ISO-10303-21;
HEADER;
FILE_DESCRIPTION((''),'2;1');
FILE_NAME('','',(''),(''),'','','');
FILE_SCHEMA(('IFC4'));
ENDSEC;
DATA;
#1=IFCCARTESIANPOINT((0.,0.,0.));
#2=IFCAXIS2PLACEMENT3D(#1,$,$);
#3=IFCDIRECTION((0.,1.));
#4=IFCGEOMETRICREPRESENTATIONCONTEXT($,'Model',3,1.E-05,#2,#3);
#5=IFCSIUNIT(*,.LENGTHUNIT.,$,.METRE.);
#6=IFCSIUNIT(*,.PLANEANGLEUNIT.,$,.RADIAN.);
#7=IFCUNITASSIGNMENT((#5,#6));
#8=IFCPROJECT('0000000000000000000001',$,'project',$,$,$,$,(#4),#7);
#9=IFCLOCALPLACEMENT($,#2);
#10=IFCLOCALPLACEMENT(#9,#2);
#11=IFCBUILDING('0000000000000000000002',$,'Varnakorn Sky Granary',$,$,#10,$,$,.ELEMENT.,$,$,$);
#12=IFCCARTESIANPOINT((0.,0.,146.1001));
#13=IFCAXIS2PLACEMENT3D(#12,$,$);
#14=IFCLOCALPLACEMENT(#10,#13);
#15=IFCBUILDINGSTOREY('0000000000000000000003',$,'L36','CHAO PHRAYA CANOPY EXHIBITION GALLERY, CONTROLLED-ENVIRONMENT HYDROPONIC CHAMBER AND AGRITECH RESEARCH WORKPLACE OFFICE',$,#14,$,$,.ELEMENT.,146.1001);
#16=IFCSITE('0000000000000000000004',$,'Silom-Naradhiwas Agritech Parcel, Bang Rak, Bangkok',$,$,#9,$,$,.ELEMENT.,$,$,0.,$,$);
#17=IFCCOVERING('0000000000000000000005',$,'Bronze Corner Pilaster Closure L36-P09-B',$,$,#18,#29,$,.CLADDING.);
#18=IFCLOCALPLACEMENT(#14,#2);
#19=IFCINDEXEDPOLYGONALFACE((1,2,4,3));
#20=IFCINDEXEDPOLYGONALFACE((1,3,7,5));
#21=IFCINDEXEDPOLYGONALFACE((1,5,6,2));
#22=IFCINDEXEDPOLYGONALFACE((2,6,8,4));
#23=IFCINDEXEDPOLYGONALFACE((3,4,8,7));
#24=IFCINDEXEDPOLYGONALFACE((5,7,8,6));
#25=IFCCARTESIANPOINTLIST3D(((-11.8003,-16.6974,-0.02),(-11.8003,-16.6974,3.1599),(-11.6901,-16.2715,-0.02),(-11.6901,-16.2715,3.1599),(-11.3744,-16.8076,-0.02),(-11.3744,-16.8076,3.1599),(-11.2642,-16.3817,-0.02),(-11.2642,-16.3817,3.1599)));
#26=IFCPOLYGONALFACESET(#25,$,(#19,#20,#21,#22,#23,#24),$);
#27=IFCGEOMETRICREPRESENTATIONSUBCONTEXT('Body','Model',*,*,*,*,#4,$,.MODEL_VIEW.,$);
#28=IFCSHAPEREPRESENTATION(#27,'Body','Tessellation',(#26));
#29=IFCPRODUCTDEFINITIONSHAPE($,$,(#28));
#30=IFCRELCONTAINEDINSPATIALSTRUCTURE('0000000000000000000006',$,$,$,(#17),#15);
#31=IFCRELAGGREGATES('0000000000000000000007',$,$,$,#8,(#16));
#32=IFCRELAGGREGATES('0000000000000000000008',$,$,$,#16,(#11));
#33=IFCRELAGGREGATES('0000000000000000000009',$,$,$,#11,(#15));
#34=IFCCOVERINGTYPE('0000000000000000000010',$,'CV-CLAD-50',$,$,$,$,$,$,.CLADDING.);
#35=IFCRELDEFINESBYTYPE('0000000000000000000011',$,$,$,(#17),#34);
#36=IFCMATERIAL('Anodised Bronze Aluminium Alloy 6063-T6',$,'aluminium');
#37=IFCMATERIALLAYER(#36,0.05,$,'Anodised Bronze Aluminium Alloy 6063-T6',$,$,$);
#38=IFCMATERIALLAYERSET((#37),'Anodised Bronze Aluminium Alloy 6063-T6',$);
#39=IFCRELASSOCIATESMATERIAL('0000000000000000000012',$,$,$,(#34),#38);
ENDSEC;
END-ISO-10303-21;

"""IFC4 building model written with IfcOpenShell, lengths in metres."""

from ifc_helpers import new_model, si_unit, direction, frame, origin, origin_2d, place, context, subcontext, project, spatial, rectangle, extrude, source, transform, mapped, material, layer, layer_set, type_object, type_shapes, element, save


model = new_model("IFC4")

# Units and contexts
model_context = context("Model", 3, precision=1e-05, world=origin(), true_north=direction((0.0, 1.0)))
body_context = subcontext(model_context, "Body", "Model", "MODEL_VIEW")
ifc_project = project(units=[si_unit("LENGTHUNIT", "METRE"), si_unit("PLANEANGLEUNIT", "RADIAN")], contexts=[model_context])

# Site, building, storey
site_placement = place(None, origin())
site = spatial("IfcSite", under=ifc_project, at=site_placement, Name="Silom-Naradhiwas Agritech Parcel, Bang Rak, Bangkok", CompositionType="ELEMENT", RefElevation=0.0)
building_placement = place(site_placement, origin())
building = spatial("IfcBuilding", under=site, at=building_placement, Name="Varnakorn Sky Granary", CompositionType="ELEMENT")
storey_placement = place(building_placement, frame((0.0, 0.0, 146.1001)))
storey = spatial("IfcBuildingStorey", under=building, at=storey_placement, Name="L36", Description="CHAO PHRAYA CANOPY EXHIBITION GALLERY, CONTROLLED-ENVIRONMENT HYDROPONIC CHAMBER AND AGRITECH RESEARCH WORKPLACE OFFICE", CompositionType="ELEMENT", Elevation=146.1001)

# Shared definitions
ifc_material_1 = material(Name="Anodised Bronze Aluminium Alloy 6063-T6", Category="aluminium")

# Covering
ifc_layer_1 = layer(ifc_material_1, 0.05, Name="Anodised Bronze Aluminium Alloy 6063-T6")
ifc_layer_set_1 = layer_set([ifc_layer_1], Name="Anodised Bronze Aluminium Alloy 6063-T6")
covering_type = type_object("IfcCoveringType", Name="CV-CLAD-50", PredefinedType="CLADDING", material=ifc_layer_set_1)
shared_shape_1 = source(origin(), body_context, "Body", "SweptSolid", [
    extrude(rectangle(XDim=0.4399, YDim=0.4399, at=origin_2d()), origin(), (0.0, 0.0, 1.0), 3.1799),
])
type_shapes(covering_type, [shared_shape_1])
for number, where, z_axis, x_axis, name in (
    (1, (-11.5322, -16.5396, -0.02), (0.0, 0.0, 1.0), (-0.968104, 0.250549, 0.0), "Bronze Corner Pilaster Closure L36-P09-B"),
):
    element("IfcCovering", number, at=place(storey_placement, frame(where, z_axis=z_axis, x_axis=x_axis)), inside=storey, type_object=covering_type, Name=name, PredefinedType="CLADDING", context=body_context, shape_type="MappedRepresentation", body=[
        mapped(shared_shape_1, transform((0.0, 0.0, 0.0), x_axis=(1.0, 0.0, 0.0), y_axis=(0.0, 1.0, 0.0), z_axis=(0.0, 0.0, 1.0), scale=1.0)),
    ])

save(model, "model.ifc")
